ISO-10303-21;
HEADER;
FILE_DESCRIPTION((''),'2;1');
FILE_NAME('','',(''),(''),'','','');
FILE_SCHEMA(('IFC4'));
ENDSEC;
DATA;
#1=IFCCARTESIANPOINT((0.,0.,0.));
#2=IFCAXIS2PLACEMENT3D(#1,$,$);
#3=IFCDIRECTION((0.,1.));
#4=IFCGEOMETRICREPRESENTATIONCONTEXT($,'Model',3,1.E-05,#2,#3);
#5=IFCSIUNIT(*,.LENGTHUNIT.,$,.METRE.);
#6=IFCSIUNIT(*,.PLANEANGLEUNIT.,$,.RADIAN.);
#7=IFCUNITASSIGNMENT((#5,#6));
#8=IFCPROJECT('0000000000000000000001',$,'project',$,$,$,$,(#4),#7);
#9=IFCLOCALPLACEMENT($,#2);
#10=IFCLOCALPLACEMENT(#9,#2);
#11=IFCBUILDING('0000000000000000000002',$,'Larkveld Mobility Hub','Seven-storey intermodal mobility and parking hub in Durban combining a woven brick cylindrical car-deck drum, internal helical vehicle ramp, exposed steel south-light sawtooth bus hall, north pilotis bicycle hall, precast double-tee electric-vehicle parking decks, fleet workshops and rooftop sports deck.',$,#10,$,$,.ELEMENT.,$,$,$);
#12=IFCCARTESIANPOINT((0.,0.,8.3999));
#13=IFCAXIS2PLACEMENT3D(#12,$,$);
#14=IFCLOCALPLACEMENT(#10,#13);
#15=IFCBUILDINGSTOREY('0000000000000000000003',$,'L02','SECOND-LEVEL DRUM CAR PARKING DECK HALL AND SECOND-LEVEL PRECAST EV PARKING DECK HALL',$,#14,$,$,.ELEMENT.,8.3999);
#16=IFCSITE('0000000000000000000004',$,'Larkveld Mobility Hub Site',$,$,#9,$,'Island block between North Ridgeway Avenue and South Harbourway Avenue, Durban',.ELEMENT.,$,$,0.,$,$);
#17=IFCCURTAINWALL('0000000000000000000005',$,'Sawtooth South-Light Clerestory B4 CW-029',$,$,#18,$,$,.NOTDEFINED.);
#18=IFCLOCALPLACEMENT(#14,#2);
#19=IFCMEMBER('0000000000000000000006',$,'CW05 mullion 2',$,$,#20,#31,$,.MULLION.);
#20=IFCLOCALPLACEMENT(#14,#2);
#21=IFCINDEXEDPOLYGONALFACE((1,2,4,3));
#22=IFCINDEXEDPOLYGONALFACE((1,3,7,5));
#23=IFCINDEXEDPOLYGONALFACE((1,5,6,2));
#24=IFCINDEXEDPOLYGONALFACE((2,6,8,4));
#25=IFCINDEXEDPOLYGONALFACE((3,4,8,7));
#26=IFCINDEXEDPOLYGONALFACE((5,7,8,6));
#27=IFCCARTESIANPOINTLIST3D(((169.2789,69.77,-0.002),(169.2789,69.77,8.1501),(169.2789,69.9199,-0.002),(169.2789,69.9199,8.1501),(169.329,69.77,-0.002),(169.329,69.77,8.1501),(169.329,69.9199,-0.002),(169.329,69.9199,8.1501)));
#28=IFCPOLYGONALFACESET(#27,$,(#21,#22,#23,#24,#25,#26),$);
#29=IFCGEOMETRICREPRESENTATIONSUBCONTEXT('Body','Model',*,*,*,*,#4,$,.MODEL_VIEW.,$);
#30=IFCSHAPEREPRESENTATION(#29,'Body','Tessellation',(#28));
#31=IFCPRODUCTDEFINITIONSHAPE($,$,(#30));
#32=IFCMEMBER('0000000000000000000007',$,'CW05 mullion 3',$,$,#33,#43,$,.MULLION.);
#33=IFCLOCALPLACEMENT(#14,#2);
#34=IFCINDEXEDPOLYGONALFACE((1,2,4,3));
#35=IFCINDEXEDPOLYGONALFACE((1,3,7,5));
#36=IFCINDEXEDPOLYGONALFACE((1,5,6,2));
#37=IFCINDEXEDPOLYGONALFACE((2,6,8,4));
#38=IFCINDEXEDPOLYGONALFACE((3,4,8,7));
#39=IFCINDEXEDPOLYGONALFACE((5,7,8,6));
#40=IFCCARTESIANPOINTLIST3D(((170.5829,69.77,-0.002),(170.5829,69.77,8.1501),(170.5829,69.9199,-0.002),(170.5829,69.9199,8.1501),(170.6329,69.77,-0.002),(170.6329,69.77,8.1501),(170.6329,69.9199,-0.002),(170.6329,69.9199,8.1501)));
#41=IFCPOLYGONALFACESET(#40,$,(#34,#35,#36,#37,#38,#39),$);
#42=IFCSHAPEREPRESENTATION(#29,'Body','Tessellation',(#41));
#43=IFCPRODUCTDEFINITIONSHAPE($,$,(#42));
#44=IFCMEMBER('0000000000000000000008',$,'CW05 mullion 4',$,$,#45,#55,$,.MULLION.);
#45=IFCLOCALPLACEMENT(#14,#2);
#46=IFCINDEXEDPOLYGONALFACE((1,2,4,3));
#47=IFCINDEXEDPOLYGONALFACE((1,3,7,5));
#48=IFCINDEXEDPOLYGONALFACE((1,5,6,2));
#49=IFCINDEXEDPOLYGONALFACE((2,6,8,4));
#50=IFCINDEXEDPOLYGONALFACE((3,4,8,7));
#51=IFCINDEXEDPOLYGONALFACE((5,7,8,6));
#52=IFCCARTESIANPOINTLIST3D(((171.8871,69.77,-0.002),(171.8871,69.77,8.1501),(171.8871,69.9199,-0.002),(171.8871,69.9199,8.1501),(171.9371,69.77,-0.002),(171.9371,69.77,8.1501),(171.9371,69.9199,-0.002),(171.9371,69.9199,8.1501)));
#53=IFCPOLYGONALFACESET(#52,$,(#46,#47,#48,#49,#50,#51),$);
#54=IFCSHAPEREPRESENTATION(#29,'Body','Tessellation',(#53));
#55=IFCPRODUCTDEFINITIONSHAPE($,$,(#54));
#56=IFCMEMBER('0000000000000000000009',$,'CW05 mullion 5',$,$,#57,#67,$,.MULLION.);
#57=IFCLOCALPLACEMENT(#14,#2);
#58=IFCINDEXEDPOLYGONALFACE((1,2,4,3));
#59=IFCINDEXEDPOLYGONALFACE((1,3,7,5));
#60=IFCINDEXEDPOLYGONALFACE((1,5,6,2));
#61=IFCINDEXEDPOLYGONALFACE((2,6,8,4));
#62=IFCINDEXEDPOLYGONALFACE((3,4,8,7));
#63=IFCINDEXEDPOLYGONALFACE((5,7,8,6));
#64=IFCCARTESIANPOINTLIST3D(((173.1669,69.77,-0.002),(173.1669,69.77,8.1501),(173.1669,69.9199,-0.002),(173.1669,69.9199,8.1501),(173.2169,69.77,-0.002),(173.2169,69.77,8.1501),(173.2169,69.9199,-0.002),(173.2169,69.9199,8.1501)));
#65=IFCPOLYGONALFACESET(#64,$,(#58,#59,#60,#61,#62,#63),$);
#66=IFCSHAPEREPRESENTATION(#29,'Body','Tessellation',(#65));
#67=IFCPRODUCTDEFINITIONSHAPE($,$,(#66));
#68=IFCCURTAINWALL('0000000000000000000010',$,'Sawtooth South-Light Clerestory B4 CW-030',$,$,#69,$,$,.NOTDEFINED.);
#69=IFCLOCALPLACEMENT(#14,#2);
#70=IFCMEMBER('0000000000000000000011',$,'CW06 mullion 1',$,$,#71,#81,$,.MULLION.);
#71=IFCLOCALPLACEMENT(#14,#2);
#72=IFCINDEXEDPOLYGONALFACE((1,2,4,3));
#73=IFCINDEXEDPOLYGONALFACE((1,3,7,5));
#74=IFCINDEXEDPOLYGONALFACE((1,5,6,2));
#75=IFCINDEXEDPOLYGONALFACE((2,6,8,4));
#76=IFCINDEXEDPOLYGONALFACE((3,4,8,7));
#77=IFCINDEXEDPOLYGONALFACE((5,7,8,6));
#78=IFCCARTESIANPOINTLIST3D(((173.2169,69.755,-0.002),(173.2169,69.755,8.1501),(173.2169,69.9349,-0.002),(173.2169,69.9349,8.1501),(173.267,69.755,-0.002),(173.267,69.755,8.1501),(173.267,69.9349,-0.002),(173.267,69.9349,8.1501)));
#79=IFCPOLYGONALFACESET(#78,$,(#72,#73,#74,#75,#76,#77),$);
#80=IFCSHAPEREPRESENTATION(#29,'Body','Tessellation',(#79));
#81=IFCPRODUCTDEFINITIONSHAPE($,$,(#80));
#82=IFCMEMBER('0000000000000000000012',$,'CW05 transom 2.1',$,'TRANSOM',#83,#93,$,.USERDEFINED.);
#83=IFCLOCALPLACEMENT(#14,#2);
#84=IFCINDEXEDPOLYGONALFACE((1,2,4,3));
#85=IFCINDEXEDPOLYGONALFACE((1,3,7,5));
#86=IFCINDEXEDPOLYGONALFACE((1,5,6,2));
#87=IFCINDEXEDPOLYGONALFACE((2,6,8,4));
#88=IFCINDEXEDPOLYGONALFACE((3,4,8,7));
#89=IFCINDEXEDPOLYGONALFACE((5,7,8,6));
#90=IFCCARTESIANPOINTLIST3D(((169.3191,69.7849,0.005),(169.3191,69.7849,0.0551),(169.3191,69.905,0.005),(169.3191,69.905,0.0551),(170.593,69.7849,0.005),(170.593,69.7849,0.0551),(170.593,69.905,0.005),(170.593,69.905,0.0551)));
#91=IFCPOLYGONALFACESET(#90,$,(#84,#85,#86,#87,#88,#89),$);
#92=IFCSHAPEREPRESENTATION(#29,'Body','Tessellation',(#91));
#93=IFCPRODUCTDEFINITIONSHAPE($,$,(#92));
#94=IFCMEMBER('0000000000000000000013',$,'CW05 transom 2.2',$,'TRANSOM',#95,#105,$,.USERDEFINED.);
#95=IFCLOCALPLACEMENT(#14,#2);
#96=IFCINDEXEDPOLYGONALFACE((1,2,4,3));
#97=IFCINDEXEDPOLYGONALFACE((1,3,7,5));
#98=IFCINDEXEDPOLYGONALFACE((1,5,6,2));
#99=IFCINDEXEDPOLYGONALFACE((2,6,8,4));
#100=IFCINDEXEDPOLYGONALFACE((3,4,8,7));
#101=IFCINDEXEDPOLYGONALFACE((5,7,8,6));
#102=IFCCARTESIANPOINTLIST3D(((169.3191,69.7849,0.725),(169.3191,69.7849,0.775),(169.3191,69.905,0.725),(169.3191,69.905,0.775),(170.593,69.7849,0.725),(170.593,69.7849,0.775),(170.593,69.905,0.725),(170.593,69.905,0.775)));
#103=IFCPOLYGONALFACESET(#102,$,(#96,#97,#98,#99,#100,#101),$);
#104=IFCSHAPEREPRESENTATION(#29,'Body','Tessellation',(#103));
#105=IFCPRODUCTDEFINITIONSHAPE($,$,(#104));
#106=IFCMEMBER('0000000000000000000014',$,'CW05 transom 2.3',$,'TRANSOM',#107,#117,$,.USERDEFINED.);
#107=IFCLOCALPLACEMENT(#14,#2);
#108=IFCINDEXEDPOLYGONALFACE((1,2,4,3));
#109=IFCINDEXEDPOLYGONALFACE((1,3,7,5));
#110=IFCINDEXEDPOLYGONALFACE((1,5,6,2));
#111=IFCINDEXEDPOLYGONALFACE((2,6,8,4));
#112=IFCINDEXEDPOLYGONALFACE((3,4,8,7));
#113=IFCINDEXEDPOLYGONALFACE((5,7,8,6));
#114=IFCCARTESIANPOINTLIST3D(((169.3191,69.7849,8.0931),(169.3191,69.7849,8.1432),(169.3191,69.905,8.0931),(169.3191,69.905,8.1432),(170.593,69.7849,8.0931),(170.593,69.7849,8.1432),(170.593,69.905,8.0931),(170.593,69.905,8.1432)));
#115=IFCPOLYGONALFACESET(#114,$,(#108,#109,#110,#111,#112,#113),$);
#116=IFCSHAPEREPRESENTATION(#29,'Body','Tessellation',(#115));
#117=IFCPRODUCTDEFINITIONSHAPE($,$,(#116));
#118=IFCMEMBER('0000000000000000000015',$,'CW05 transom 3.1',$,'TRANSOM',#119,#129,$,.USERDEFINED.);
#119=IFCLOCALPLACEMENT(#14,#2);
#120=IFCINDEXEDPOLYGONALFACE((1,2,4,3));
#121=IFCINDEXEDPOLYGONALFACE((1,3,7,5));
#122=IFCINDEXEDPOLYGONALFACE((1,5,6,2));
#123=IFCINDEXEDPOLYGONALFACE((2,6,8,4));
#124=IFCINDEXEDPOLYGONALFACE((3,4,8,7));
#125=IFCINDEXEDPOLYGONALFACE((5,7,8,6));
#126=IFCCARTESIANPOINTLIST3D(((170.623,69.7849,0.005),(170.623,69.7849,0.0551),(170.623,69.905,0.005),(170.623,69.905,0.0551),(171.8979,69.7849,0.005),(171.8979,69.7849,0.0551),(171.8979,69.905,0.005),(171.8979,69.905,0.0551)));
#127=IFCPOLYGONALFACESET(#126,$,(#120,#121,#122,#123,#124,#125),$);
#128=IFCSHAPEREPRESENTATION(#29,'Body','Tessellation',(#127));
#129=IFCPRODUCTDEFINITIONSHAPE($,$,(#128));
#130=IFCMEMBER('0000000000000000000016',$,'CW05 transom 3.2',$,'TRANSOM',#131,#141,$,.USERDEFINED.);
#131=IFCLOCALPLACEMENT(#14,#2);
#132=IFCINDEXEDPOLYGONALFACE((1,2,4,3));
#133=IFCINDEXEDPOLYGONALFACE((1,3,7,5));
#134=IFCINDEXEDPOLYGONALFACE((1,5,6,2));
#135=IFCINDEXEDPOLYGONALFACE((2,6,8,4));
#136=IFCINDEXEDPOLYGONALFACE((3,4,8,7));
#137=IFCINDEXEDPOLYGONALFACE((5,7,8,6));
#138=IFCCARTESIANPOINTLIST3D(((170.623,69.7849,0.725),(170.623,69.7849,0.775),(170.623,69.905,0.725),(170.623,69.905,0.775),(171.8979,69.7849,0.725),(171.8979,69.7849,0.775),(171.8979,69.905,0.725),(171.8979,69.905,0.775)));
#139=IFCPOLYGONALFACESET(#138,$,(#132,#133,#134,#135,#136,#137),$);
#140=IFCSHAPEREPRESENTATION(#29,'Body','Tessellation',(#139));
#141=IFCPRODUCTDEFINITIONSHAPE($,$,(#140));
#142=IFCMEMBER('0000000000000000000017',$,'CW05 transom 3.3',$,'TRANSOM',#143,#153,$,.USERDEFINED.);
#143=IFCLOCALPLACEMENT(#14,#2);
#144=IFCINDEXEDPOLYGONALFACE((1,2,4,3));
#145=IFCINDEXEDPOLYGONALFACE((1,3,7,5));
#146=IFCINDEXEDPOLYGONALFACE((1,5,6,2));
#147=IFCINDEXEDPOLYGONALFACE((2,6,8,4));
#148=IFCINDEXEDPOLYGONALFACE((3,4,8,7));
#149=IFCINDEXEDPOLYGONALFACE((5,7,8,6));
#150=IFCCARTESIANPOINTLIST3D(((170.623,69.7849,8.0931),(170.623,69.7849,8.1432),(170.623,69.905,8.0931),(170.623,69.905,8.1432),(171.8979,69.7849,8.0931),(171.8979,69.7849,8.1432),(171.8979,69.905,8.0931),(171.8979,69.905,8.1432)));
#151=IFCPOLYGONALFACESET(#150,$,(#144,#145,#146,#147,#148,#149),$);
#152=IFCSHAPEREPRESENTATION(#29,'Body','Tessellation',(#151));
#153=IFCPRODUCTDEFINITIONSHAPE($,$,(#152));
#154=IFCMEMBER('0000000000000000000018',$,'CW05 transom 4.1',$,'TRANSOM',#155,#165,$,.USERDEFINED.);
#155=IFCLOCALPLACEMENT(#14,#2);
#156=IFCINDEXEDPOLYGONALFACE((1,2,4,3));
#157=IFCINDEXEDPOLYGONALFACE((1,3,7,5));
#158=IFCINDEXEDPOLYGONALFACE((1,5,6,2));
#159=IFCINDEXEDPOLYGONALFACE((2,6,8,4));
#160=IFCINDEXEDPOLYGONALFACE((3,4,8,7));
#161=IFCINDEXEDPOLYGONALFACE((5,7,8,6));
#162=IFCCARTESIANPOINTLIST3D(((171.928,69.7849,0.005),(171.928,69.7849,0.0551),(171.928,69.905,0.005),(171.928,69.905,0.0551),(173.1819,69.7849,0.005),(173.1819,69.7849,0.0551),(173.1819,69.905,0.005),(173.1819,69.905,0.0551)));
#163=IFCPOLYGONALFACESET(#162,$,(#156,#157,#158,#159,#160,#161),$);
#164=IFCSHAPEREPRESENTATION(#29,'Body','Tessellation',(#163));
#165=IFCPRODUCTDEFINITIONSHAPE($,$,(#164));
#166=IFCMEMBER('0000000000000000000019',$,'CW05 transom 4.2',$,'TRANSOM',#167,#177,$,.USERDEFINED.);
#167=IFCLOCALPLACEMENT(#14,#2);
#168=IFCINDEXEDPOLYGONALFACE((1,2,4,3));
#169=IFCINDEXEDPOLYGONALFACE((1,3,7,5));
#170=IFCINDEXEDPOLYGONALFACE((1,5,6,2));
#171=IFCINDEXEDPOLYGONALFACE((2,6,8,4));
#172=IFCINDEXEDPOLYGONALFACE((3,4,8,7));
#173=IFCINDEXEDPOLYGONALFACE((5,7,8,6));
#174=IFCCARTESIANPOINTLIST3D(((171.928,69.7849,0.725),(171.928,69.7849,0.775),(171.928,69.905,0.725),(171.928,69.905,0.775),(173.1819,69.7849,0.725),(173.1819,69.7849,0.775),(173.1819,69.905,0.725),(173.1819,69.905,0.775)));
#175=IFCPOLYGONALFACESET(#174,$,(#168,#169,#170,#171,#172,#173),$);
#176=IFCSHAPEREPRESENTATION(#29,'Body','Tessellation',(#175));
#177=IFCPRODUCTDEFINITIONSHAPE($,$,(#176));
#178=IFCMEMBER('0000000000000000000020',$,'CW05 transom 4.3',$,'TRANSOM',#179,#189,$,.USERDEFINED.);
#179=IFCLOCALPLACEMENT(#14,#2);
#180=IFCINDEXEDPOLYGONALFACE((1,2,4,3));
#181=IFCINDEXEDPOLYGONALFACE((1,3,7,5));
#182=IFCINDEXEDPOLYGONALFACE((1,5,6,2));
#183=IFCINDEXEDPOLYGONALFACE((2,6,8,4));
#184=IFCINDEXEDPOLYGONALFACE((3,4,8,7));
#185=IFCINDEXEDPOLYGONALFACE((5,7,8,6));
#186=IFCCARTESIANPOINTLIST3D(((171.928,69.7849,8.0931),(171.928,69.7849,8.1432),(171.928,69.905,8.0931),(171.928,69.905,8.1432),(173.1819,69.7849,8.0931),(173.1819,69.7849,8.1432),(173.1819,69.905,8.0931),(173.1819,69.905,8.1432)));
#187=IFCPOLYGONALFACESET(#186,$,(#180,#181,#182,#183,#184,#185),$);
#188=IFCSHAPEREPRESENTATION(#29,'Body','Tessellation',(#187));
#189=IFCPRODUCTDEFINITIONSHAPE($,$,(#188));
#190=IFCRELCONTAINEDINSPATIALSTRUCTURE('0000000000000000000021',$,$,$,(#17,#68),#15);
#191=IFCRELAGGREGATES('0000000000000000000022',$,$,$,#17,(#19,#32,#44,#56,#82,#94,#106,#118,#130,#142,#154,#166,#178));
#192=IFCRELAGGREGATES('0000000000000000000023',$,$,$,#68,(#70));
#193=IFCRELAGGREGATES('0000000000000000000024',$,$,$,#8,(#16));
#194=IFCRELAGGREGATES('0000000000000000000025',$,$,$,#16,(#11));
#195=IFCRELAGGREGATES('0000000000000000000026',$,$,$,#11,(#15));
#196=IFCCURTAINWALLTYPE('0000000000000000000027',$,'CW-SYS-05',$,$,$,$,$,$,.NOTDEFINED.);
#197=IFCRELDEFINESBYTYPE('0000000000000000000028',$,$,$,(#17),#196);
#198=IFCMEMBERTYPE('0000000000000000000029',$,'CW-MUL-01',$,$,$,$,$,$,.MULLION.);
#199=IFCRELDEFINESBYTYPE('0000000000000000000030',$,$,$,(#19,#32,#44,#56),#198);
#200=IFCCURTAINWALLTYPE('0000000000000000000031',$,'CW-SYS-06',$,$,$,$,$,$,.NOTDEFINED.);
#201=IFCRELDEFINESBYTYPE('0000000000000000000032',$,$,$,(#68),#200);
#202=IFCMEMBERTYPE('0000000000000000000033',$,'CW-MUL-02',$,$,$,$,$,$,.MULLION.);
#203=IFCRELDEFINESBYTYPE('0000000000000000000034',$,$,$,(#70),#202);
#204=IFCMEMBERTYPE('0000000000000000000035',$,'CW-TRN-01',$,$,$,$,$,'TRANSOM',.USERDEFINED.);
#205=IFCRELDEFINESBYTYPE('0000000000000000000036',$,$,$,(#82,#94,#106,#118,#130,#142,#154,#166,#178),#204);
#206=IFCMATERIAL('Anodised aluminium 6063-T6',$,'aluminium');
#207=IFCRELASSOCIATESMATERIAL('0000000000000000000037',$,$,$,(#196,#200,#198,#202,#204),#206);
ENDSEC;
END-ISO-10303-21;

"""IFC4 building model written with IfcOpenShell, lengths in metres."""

from ifc_helpers import new_model, si_unit, direction, frame, origin, origin_2d, place, context, subcontext, project, spatial, rectangle, extrude, material, material_profile, profile_set, type_object, element, aggregate, save


model = new_model("IFC4")

# Units and contexts
model_context = context("Model", 3, precision=1e-05, world=origin(), true_north=direction((0.0, 1.0)))
body_context = subcontext(model_context, "Body", "Model", "MODEL_VIEW")
ifc_project = project(units=[si_unit("LENGTHUNIT", "METRE"), si_unit("PLANEANGLEUNIT", "RADIAN")], contexts=[model_context])

# Site, building, storey
site_placement = place(None, origin())
site = spatial("IfcSite", under=ifc_project, at=site_placement, Name="Larkveld Mobility Hub Site", LongName="Island block between North Ridgeway Avenue and South Harbourway Avenue, Durban", CompositionType="ELEMENT", RefElevation=0.0)
building_placement = place(site_placement, origin())
building = spatial("IfcBuilding", under=site, at=building_placement, Name="Larkveld Mobility Hub", Description="Seven-storey intermodal mobility and parking hub in Durban combining a woven brick cylindrical car-deck drum, internal helical vehicle ramp, exposed steel south-light sawtooth bus hall, north pilotis bicycle hall, precast double-tee electric-vehicle parking decks, fleet workshops and rooftop sports deck.", CompositionType="ELEMENT")
storey_placement = place(building_placement, frame((0.0, 0.0, 8.3999)))
storey = spatial("IfcBuildingStorey", under=building, at=storey_placement, Name="L02", Description="SECOND-LEVEL DRUM CAR PARKING DECK HALL AND SECOND-LEVEL PRECAST EV PARKING DECK HALL", CompositionType="ELEMENT", Elevation=8.3999)

# Curtain wall, members
ifc_material_1 = material(Name="Anodised aluminium 6063-T6", Category="aluminium")
curtain_wall_type_1 = type_object("IfcCurtainWallType", Name="CW-SYS-05", PredefinedType="NOTDEFINED", material=ifc_material_1)
curtain_wall_1_placement = place(storey_placement, origin())
curtain_wall_1 = element("IfcCurtainWall", 1, at=curtain_wall_1_placement, inside=storey, type_object=curtain_wall_type_1, Name="Sawtooth South-Light Clerestory B4 CW-029", PredefinedType="NOTDEFINED")
ifc_material_profile_1 = material_profile(ifc_material_1, rectangle(XDim=0.05, YDim=0.1499, at=origin_2d()), Name="ALU MULL 50x150")
ifc_profile_set_1 = profile_set([ifc_material_profile_1], Name="Anodised aluminium 6063-T6")
member_type_1 = type_object("IfcMemberType", Name="CW-MUL-01", PredefinedType="MULLION", material=ifc_profile_set_1)
member_1_placement = place(storey_placement, frame((169.304, 69.845, -0.002), z_axis=(0.0, 0.0, 1.0), x_axis=(1.0, 0.0, 0.0)))
member_1 = element("IfcMember", 2, at=member_1_placement, type_object=member_type_1, Name="CW05 mullion 2", PredefinedType="MULLION", context=body_context, shape_type="SweptSolid", body=[
    extrude(rectangle(XDim=0.05, YDim=0.1499, at=origin_2d()), origin(), (0.0, 0.0, 1.0), 8.1521),
])
member_2_placement = place(storey_placement, frame((170.6079, 69.845, -0.002), z_axis=(0.0, 0.0, 1.0), x_axis=(1.0, 0.0, 0.0)))
member_2 = element("IfcMember", 3, at=member_2_placement, type_object=member_type_1, Name="CW05 mullion 3", PredefinedType="MULLION", context=body_context, shape_type="SweptSolid", body=[
    extrude(rectangle(XDim=0.05, YDim=0.1499, at=origin_2d()), origin(), (0.0, 0.0, 1.0), 8.1521),
])
member_3_placement = place(storey_placement, frame((171.9121, 69.845, -0.002), z_axis=(0.0, 0.0, 1.0), x_axis=(1.0, 0.0, 0.0)))
member_3 = element("IfcMember", 4, at=member_3_placement, type_object=member_type_1, Name="CW05 mullion 4", PredefinedType="MULLION", context=body_context, shape_type="SweptSolid", body=[
    extrude(rectangle(XDim=0.05, YDim=0.1499, at=origin_2d()), origin(), (0.0, 0.0, 1.0), 8.1521),
])
member_4_placement = place(storey_placement, frame((173.1919, 69.845, -0.002), z_axis=(0.0, 0.0, 1.0), x_axis=(1.0, 0.0, 0.0)))
member_4 = element("IfcMember", 5, at=member_4_placement, type_object=member_type_1, Name="CW05 mullion 5", PredefinedType="MULLION", context=body_context, shape_type="SweptSolid", body=[
    extrude(rectangle(XDim=0.05, YDim=0.1499, at=origin_2d()), origin(), (0.0, 0.0, 1.0), 8.1521),
])

# Curtain wall, member
curtain_wall_type_2 = type_object("IfcCurtainWallType", Name="CW-SYS-06", PredefinedType="NOTDEFINED", material=ifc_material_1)
curtain_wall_2_placement = place(storey_placement, origin())
curtain_wall_2 = element("IfcCurtainWall", 6, at=curtain_wall_2_placement, inside=storey, type_object=curtain_wall_type_2, Name="Sawtooth South-Light Clerestory B4 CW-030", PredefinedType="NOTDEFINED")
ifc_material_profile_2 = material_profile(ifc_material_1, rectangle(XDim=0.05, YDim=0.1799, at=origin_2d()), Name="ALU MULL 50x180")
ifc_profile_set_2 = profile_set([ifc_material_profile_2], Name="Anodised aluminium 6063-T6")
member_type_2 = type_object("IfcMemberType", Name="CW-MUL-02", PredefinedType="MULLION", material=ifc_profile_set_2)
member_5_placement = place(storey_placement, frame((173.2419, 69.845, -0.002), z_axis=(0.0, 0.0, 1.0), x_axis=(1.0, 0.0, 0.0)))
member_5 = element("IfcMember", 7, at=member_5_placement, type_object=member_type_2, Name="CW06 mullion 1", PredefinedType="MULLION", context=body_context, shape_type="SweptSolid", body=[
    extrude(rectangle(XDim=0.05, YDim=0.1799, at=origin_2d()), origin(), (0.0, 0.0, 1.0), 8.1521),
])

# Members
ifc_material_profile_3 = material_profile(ifc_material_1, rectangle(XDim=0.1201, YDim=0.05, at=origin_2d()), Name="ALU TRAN 50x120")
ifc_profile_set_3 = profile_set([ifc_material_profile_3], Name="Anodised aluminium 6063-T6")
member_type_3 = type_object("IfcMemberType", Name="CW-TRN-01", ElementType="TRANSOM", PredefinedType="USERDEFINED", material=ifc_profile_set_3)
member_6_placement = place(storey_placement, frame((169.3191, 69.845, 0.03), z_axis=(1.0, 0.0, 0.0), x_axis=(0.0, 1.0, 0.0)))
member_6 = element("IfcMember", 8, at=member_6_placement, type_object=member_type_3, Name="CW05 transom 2.1", ObjectType="TRANSOM", PredefinedType="USERDEFINED", context=body_context, shape_type="SweptSolid", body=[
    extrude(rectangle(XDim=0.1201, YDim=0.05, at=origin_2d()), origin(), (0.0, 0.0, 1.0), 1.2739),
])
member_7_placement = place(storey_placement, frame((169.3191, 69.845, 0.75), z_axis=(1.0, 0.0, 0.0), x_axis=(0.0, 1.0, 0.0)))
member_7 = element("IfcMember", 9, at=member_7_placement, type_object=member_type_3, Name="CW05 transom 2.2", ObjectType="TRANSOM", PredefinedType="USERDEFINED", context=body_context, shape_type="SweptSolid", body=[
    extrude(rectangle(XDim=0.1201, YDim=0.05, at=origin_2d()), origin(), (0.0, 0.0, 1.0), 1.2739),
])
member_8_placement = place(storey_placement, frame((169.3191, 69.845, 8.1182), z_axis=(1.0, 0.0, 0.0), x_axis=(0.0, 1.0, 0.0)))
member_8 = element("IfcMember", 10, at=member_8_placement, type_object=member_type_3, Name="CW05 transom 2.3", ObjectType="TRANSOM", PredefinedType="USERDEFINED", context=body_context, shape_type="SweptSolid", body=[
    extrude(rectangle(XDim=0.1201, YDim=0.05, at=origin_2d()), origin(), (0.0, 0.0, 1.0), 1.2739),
])
member_9_placement = place(storey_placement, frame((170.623, 69.845, 0.03), z_axis=(1.0, 0.0, 0.0), x_axis=(0.0, 1.0, 0.0)))
member_9 = element("IfcMember", 11, at=member_9_placement, type_object=member_type_3, Name="CW05 transom 3.1", ObjectType="TRANSOM", PredefinedType="USERDEFINED", context=body_context, shape_type="SweptSolid", body=[
    extrude(rectangle(XDim=0.1201, YDim=0.05, at=origin_2d()), origin(), (0.0, 0.0, 1.0), 1.2749),
])
member_10_placement = place(storey_placement, frame((170.623, 69.845, 0.75), z_axis=(1.0, 0.0, 0.0), x_axis=(0.0, 1.0, 0.0)))
member_10 = element("IfcMember", 12, at=member_10_placement, type_object=member_type_3, Name="CW05 transom 3.2", ObjectType="TRANSOM", PredefinedType="USERDEFINED", context=body_context, shape_type="SweptSolid", body=[
    extrude(rectangle(XDim=0.1201, YDim=0.05, at=origin_2d()), origin(), (0.0, 0.0, 1.0), 1.2749),
])
member_11_placement = place(storey_placement, frame((170.623, 69.845, 8.1182), z_axis=(1.0, 0.0, 0.0), x_axis=(0.0, 1.0, 0.0)))
member_11 = element("IfcMember", 13, at=member_11_placement, type_object=member_type_3, Name="CW05 transom 3.3", ObjectType="TRANSOM", PredefinedType="USERDEFINED", context=body_context, shape_type="SweptSolid", body=[
    extrude(rectangle(XDim=0.1201, YDim=0.05, at=origin_2d()), origin(), (0.0, 0.0, 1.0), 1.2749),
])
member_12_placement = place(storey_placement, frame((171.928, 69.845, 0.03), z_axis=(1.0, 0.0, 0.0), x_axis=(0.0, 1.0, 0.0)))
member_12 = element("IfcMember", 14, at=member_12_placement, type_object=member_type_3, Name="CW05 transom 4.1", ObjectType="TRANSOM", PredefinedType="USERDEFINED", context=body_context, shape_type="SweptSolid", body=[
    extrude(rectangle(XDim=0.1201, YDim=0.05, at=origin_2d()), origin(), (0.0, 0.0, 1.0), 1.2539),
])
member_13_placement = place(storey_placement, frame((171.928, 69.845, 0.75), z_axis=(1.0, 0.0, 0.0), x_axis=(0.0, 1.0, 0.0)))
member_13 = element("IfcMember", 15, at=member_13_placement, type_object=member_type_3, Name="CW05 transom 4.2", ObjectType="TRANSOM", PredefinedType="USERDEFINED", context=body_context, shape_type="SweptSolid", body=[
    extrude(rectangle(XDim=0.1201, YDim=0.05, at=origin_2d()), origin(), (0.0, 0.0, 1.0), 1.2539),
])
member_14_placement = place(storey_placement, frame((171.928, 69.845, 8.1182), z_axis=(1.0, 0.0, 0.0), x_axis=(0.0, 1.0, 0.0)))
member_14 = element("IfcMember", 16, at=member_14_placement, type_object=member_type_3, Name="CW05 transom 4.3", ObjectType="TRANSOM", PredefinedType="USERDEFINED", context=body_context, shape_type="SweptSolid", body=[
    extrude(rectangle(XDim=0.1201, YDim=0.05, at=origin_2d()), origin(), (0.0, 0.0, 1.0), 1.2539),
])

aggregate(curtain_wall_1, [member_1, member_2, member_3, member_4, member_6, member_7, member_8, member_9, member_10, member_11, member_12, member_13, member_14])
aggregate(curtain_wall_2, [member_5])

save(model, "model.ifc")
